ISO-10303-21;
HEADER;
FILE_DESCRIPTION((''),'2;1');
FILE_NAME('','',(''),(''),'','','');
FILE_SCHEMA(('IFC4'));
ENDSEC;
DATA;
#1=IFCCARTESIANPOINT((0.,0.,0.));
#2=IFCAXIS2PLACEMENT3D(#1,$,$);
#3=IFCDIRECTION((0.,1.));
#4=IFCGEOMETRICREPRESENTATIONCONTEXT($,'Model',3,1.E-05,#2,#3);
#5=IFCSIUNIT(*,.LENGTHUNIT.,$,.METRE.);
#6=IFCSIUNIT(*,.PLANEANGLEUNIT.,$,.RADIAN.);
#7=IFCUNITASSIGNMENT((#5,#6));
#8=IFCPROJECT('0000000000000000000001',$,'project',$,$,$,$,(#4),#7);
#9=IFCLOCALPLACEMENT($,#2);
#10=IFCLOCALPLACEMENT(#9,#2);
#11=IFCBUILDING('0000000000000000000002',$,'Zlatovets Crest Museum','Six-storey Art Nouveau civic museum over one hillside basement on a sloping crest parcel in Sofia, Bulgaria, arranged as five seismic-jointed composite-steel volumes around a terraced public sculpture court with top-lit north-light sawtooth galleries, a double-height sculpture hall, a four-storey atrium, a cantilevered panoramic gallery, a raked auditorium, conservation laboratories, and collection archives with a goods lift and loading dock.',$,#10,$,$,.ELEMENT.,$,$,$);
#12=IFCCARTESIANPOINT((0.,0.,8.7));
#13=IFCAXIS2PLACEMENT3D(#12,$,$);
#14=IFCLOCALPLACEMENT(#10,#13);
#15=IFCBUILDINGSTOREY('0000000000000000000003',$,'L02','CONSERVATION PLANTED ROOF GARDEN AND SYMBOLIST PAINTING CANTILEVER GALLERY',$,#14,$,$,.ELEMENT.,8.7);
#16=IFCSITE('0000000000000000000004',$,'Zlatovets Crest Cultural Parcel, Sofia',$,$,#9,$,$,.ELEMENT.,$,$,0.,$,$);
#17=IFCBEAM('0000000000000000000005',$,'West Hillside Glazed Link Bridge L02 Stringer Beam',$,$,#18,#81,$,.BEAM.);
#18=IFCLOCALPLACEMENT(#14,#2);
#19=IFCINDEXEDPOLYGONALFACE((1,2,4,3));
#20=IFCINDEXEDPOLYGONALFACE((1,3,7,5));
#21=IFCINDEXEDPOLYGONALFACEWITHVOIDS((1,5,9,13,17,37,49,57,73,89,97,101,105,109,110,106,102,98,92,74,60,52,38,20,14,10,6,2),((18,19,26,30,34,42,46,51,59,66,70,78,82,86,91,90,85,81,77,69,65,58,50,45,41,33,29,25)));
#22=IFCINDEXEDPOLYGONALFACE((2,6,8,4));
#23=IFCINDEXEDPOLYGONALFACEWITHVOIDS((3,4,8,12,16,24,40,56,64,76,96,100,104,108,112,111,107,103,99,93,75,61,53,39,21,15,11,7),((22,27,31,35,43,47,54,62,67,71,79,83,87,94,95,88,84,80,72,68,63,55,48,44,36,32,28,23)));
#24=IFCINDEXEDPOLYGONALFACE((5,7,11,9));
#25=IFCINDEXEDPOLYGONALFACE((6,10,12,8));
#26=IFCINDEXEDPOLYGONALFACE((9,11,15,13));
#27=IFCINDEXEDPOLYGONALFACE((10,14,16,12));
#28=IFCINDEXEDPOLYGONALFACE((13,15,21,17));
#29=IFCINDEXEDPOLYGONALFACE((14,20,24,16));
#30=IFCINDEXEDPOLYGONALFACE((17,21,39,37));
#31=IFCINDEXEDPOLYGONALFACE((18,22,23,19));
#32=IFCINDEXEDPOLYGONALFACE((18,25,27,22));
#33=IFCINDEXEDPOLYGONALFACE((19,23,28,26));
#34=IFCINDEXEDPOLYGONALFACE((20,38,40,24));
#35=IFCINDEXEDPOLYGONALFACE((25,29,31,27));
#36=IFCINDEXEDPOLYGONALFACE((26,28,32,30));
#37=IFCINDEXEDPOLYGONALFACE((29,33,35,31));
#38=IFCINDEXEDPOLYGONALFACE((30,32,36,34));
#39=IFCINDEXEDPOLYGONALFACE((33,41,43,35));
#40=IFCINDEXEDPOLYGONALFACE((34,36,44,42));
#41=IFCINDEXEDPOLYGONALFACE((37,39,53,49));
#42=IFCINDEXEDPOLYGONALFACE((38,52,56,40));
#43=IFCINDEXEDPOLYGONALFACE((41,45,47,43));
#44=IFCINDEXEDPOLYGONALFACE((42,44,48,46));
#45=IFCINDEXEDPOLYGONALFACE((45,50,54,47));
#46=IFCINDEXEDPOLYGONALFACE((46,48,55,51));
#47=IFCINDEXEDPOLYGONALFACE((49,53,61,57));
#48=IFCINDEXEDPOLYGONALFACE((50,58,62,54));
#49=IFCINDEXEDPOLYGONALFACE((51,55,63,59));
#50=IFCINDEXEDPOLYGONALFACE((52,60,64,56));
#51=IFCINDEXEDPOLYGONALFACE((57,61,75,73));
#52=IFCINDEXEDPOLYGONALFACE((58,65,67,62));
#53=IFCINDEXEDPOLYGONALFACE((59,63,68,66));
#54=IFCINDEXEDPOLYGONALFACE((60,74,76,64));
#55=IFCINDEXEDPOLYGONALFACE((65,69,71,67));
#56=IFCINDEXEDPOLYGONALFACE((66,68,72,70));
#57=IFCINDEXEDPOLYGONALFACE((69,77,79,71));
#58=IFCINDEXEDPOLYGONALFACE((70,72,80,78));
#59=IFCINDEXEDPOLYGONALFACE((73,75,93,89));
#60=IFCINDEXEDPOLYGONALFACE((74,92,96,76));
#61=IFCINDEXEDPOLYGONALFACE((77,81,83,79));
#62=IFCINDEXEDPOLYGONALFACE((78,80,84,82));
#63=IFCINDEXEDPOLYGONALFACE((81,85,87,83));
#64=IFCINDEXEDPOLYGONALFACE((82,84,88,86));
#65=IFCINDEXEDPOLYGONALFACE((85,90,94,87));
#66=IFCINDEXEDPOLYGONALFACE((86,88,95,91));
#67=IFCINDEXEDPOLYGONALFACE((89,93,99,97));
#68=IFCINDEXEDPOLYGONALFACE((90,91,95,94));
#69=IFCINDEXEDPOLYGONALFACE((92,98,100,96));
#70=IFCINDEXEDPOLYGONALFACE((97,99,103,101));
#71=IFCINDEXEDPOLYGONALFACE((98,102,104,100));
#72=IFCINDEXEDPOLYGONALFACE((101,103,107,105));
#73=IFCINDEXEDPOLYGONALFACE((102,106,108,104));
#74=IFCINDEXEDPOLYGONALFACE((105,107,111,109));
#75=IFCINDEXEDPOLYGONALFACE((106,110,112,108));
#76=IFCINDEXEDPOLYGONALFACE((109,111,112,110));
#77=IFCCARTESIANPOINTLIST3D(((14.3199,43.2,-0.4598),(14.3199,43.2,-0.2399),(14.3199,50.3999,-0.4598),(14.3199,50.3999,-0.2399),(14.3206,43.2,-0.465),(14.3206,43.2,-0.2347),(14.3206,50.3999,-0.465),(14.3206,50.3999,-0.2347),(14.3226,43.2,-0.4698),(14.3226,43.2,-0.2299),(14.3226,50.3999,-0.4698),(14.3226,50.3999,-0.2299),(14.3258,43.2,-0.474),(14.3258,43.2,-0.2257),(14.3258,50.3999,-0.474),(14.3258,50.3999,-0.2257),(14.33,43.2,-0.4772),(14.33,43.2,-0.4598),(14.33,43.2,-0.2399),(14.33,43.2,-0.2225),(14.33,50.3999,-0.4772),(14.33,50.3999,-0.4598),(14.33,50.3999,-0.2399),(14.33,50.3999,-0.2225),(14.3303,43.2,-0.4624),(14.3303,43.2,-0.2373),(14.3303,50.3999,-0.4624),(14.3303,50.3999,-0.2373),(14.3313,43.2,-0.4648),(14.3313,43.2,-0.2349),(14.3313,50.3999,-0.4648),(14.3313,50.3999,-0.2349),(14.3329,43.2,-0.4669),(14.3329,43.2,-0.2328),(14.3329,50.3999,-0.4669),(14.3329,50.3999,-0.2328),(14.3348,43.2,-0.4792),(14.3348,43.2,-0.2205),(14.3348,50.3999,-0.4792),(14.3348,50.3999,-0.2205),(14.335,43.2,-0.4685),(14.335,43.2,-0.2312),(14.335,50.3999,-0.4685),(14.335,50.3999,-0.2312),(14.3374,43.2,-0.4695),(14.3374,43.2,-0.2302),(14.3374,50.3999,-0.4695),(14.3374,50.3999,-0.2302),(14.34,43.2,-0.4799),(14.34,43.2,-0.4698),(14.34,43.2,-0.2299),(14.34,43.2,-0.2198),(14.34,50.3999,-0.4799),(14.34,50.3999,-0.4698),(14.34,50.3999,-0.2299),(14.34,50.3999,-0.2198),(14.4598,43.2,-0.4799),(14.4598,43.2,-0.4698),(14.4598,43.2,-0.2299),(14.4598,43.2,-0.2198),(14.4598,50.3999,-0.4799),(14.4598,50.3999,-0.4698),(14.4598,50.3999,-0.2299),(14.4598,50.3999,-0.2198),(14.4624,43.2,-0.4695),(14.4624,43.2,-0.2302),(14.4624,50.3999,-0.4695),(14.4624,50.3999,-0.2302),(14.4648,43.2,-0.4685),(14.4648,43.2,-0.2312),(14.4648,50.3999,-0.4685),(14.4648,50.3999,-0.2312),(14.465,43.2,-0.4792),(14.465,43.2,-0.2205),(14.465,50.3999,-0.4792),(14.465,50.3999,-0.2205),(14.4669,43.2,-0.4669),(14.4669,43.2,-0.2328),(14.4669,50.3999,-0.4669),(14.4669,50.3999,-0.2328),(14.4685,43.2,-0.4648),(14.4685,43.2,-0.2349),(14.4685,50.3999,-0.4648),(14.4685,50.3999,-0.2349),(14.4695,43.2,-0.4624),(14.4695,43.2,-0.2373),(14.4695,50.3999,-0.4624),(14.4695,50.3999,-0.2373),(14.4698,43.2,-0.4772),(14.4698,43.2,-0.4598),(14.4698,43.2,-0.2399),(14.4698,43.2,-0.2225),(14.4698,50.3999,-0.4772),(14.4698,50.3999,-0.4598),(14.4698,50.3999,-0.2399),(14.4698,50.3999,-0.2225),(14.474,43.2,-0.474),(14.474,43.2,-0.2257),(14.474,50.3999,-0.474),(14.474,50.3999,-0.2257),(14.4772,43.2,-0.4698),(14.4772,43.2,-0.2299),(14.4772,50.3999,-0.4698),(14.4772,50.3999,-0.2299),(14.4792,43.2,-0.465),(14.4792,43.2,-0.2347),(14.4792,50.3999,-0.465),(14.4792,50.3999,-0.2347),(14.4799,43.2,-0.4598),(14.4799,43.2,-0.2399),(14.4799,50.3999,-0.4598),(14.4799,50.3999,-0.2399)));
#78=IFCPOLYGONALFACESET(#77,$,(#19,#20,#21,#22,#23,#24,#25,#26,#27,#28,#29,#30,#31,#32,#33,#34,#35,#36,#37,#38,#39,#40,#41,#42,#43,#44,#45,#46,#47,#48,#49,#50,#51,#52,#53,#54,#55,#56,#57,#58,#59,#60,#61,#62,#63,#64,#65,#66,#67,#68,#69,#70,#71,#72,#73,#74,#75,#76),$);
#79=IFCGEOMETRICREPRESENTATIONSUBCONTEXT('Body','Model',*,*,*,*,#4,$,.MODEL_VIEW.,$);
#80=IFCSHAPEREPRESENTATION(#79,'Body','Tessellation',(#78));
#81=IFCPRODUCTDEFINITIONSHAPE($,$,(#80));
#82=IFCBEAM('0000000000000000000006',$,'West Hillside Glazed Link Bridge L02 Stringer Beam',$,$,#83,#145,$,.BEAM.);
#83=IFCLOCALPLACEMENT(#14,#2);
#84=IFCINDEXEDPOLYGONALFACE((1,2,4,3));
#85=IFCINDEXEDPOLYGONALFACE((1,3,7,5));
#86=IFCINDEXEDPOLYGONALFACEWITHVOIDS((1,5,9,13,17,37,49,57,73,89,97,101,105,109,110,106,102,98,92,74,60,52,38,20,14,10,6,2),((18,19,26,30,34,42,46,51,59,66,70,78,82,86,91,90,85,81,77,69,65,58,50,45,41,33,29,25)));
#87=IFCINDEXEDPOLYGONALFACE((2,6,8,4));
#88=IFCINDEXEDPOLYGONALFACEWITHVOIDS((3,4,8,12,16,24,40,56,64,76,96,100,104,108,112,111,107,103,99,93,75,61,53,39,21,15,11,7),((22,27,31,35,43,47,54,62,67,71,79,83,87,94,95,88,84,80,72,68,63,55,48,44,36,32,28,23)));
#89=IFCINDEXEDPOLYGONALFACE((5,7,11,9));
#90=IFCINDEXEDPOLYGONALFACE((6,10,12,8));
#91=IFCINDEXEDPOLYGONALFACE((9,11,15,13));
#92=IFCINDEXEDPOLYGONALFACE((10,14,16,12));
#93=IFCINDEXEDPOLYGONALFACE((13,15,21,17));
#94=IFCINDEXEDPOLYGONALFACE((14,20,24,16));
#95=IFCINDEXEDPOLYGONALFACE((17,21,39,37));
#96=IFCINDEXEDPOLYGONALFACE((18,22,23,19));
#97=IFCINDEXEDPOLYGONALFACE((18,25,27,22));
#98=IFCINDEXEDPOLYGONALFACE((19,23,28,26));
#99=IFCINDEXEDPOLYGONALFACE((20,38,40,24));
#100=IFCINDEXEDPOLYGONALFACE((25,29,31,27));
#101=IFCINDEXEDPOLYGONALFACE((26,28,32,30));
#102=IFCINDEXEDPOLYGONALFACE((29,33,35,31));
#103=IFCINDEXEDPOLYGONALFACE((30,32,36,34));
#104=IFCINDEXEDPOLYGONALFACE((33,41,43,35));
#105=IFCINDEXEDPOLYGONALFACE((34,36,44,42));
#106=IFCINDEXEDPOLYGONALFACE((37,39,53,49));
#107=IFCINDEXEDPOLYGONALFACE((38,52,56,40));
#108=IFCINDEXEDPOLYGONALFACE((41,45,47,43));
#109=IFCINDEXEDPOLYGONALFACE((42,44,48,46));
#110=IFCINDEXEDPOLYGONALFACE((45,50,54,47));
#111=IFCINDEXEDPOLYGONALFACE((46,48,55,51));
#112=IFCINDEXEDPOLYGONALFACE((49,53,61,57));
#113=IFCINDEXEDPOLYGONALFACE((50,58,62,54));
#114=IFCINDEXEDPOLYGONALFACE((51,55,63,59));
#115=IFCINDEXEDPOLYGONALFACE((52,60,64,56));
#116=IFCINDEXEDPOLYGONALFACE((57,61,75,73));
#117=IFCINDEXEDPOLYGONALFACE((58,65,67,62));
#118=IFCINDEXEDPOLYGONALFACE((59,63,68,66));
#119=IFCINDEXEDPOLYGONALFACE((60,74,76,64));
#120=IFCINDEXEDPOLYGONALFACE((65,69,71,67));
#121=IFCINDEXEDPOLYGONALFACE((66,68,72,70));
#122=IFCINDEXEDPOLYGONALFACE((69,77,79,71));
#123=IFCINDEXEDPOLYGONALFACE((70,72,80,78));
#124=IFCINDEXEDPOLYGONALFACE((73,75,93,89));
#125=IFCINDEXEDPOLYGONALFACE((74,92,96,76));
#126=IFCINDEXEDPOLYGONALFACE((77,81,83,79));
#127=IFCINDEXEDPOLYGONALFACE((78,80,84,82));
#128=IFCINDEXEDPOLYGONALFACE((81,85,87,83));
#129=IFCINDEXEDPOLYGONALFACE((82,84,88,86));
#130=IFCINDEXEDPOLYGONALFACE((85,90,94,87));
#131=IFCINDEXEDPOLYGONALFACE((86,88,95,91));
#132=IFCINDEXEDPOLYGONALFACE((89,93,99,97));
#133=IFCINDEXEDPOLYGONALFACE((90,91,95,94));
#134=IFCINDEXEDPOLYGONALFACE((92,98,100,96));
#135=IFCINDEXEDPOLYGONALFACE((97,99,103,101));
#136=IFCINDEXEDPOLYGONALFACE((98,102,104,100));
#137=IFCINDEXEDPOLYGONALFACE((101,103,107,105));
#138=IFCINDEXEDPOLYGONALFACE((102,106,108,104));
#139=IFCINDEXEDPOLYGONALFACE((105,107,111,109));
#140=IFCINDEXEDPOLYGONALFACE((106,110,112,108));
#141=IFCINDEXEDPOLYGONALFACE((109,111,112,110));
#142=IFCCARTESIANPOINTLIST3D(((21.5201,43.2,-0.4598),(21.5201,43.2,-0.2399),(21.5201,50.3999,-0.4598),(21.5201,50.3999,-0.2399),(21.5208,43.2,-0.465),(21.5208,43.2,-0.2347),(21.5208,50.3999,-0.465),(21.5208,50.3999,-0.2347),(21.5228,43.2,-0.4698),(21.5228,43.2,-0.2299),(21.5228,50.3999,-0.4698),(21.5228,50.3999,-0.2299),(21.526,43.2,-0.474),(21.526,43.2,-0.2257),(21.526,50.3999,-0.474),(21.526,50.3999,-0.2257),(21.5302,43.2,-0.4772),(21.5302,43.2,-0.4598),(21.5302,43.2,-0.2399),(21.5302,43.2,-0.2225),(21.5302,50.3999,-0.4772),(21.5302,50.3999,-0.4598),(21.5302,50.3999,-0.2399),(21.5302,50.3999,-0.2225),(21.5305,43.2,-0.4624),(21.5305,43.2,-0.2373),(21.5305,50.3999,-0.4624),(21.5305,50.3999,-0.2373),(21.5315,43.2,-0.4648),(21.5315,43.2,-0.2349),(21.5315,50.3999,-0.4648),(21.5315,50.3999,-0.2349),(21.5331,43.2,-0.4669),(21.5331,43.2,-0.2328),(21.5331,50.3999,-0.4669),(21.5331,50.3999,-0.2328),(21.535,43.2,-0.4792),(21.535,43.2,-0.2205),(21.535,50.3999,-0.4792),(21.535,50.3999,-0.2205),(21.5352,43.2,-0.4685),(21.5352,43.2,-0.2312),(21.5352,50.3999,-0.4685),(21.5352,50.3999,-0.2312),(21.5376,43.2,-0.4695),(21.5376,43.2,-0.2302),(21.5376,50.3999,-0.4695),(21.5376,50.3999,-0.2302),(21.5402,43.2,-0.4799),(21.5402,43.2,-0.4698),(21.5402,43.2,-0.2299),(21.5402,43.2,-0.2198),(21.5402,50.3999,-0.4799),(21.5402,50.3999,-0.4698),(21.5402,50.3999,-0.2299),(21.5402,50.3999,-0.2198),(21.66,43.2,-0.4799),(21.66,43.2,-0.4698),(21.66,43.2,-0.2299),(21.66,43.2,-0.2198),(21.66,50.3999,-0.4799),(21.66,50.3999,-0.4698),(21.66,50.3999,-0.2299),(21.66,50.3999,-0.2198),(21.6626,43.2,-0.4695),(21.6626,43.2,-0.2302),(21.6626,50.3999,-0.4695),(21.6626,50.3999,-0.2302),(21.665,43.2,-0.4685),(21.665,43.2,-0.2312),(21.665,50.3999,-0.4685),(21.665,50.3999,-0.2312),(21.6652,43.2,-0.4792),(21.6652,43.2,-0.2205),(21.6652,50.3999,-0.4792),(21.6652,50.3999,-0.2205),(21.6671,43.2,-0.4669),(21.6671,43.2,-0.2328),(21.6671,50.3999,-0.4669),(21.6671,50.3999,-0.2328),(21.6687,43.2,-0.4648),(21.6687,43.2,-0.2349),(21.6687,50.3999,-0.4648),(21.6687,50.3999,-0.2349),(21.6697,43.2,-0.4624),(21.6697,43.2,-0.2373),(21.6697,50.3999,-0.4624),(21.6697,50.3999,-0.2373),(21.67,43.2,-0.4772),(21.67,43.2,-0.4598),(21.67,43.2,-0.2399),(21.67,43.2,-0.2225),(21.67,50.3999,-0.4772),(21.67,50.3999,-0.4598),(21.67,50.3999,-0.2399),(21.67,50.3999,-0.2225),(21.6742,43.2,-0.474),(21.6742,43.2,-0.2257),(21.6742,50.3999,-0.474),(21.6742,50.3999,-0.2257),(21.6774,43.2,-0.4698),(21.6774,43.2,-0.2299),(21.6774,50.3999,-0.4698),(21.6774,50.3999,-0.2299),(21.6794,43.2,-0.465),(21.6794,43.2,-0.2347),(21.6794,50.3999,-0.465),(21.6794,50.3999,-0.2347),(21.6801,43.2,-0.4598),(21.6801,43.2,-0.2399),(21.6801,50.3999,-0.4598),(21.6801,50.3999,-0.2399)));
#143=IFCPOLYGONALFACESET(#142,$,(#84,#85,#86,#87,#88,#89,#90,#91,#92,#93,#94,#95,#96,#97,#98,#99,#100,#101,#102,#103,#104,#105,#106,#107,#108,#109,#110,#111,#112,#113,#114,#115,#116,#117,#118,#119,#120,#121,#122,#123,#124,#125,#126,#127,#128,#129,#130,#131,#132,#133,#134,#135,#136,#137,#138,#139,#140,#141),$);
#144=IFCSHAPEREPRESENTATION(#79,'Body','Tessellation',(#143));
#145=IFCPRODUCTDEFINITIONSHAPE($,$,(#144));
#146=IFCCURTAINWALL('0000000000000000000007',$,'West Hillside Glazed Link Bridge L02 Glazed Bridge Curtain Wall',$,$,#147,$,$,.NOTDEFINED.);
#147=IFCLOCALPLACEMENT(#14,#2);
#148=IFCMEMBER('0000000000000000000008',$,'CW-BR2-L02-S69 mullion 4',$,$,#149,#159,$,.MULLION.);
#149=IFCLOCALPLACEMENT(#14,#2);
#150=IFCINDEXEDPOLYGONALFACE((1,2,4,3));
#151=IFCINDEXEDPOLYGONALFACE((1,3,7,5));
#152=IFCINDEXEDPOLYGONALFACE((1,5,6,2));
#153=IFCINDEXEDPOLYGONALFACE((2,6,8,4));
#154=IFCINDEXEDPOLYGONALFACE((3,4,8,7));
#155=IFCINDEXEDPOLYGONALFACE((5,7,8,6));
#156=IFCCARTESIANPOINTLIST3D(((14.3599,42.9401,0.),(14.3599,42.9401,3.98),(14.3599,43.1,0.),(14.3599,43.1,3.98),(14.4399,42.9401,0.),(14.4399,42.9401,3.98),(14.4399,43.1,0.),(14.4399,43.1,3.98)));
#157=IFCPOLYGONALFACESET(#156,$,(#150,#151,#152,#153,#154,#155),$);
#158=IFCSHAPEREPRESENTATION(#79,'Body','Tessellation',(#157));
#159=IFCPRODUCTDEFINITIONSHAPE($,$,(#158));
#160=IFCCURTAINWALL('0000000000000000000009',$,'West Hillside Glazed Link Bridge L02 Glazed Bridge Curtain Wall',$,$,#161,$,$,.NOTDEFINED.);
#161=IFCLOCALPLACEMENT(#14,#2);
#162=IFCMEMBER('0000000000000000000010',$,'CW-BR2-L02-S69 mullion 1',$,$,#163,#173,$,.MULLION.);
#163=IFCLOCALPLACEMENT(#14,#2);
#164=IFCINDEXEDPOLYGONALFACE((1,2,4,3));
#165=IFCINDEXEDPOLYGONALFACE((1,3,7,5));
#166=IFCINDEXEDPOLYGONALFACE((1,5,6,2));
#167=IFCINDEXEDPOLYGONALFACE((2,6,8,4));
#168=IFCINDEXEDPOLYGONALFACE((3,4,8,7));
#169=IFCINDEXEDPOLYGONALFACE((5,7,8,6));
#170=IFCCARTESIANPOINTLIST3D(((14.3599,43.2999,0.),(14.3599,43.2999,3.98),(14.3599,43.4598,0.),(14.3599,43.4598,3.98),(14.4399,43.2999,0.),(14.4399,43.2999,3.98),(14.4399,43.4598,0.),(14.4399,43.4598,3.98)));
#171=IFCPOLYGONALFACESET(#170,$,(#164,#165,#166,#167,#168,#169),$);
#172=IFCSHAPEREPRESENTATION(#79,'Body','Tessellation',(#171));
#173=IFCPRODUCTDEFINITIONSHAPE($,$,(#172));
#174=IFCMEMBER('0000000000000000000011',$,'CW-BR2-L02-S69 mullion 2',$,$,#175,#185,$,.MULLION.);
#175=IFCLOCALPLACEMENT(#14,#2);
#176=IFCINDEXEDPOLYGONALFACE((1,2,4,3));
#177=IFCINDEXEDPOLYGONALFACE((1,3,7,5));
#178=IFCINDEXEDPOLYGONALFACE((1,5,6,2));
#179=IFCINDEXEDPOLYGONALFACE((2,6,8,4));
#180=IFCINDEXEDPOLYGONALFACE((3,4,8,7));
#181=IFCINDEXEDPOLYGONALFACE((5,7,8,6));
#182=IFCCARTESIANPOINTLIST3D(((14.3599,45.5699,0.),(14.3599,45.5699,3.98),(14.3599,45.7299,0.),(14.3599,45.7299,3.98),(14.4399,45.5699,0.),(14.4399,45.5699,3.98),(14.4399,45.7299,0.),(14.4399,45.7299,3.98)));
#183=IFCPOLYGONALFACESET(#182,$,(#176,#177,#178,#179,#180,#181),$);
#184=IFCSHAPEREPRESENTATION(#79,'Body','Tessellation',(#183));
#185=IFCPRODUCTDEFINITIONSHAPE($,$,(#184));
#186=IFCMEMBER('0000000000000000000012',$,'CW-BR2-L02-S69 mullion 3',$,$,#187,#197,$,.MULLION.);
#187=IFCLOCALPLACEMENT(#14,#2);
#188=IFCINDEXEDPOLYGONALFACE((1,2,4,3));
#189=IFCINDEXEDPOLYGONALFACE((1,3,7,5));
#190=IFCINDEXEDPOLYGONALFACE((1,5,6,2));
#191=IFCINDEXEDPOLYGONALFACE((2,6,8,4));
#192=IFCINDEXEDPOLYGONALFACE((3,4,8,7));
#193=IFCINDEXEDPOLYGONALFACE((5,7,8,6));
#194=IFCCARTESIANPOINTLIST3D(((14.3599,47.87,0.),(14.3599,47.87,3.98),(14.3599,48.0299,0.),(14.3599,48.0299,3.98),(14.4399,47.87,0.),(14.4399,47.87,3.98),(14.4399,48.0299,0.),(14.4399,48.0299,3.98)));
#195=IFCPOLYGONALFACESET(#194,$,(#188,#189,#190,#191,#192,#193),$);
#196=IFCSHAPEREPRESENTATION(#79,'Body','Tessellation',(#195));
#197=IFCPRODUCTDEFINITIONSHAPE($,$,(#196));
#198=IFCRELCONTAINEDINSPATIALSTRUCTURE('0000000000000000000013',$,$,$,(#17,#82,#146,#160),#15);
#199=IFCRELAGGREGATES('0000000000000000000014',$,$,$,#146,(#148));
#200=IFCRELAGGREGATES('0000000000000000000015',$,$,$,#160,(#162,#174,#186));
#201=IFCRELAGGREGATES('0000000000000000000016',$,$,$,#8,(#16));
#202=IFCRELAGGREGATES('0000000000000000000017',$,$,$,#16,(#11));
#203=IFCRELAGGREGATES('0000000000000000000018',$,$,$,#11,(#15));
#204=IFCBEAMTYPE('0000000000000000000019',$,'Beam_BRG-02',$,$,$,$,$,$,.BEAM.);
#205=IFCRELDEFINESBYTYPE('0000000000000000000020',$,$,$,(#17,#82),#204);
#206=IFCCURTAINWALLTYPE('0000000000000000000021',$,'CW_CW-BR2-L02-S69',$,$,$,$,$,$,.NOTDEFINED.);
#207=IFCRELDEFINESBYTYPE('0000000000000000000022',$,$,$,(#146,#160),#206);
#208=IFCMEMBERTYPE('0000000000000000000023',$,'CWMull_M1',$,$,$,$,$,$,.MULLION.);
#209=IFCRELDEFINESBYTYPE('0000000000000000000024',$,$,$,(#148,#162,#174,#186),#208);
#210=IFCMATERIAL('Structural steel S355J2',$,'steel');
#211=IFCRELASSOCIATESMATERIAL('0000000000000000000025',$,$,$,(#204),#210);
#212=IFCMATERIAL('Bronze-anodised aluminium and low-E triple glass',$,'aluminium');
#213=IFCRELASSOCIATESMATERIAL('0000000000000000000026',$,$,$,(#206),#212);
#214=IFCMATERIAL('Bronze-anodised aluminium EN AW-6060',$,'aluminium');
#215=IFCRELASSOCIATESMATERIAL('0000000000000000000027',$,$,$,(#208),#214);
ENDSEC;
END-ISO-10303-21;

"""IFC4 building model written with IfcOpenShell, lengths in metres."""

from ifc_helpers import new_model, si_unit, direction, frame, origin, origin_2d, place, context, subcontext, project, spatial, rectangle, hollow_rectangle, extrude, material, material_profile, profile_set, type_object, element, aggregate, save


model = new_model("IFC4")

# Units and contexts
model_context = context("Model", 3, precision=1e-05, world=origin(), true_north=direction((0.0, 1.0)))
body_context = subcontext(model_context, "Body", "Model", "MODEL_VIEW")
ifc_project = project(units=[si_unit("LENGTHUNIT", "METRE"), si_unit("PLANEANGLEUNIT", "RADIAN")], contexts=[model_context])

# Site, building, storey
site_placement = place(None, origin())
site = spatial("IfcSite", under=ifc_project, at=site_placement, Name="Zlatovets Crest Cultural Parcel, Sofia", CompositionType="ELEMENT", RefElevation=0.0)
building_placement = place(site_placement, origin())
building = spatial("IfcBuilding", under=site, at=building_placement, Name="Zlatovets Crest Museum", Description="Six-storey Art Nouveau civic museum over one hillside basement on a sloping crest parcel in Sofia, Bulgaria, arranged as five seismic-jointed composite-steel volumes around a terraced public sculpture court with top-lit north-light sawtooth galleries, a double-height sculpture hall, a four-storey atrium, a cantilevered panoramic gallery, a raked auditorium, conservation laboratories, and collection archives with a goods lift and loading dock.", CompositionType="ELEMENT")
storey_placement = place(building_placement, frame((0.0, 0.0, 8.7)))
storey = spatial("IfcBuildingStorey", under=building, at=storey_placement, Name="L02", Description="CONSERVATION PLANTED ROOF GARDEN AND SYMBOLIST PAINTING CANTILEVER GALLERY", CompositionType="ELEMENT", Elevation=8.7)

# Shared definitions
ifc_material_1 = material(Name="Structural steel S355J2", Category="steel")

# Beams
ifc_material_profile_1 = material_profile(ifc_material_1, hollow_rectangle(XDim=0.1599, YDim=0.26, WallThickness=0.01, InnerFilletRadius=0.01, OuterFilletRadius=0.02, at=origin_2d()), Name="RHS 160x260x10.0")
ifc_profile_set_1 = profile_set([ifc_material_profile_1], Name="Structural steel S355J2")
beam_type_1 = type_object("IfcBeamType", Name="Beam_BRG-02", PredefinedType="BEAM", material=ifc_profile_set_1)
for number, where, z_axis, x_axis, name in (
    (1, (14.3999, 43.2, -0.3499), (0.0, 1.0, 0.0), (-1.0, 0.0, 0.0), "West Hillside Glazed Link Bridge L02 Stringer Beam"),
    (2, (21.6001, 43.2, -0.3499), (0.0, 1.0, 0.0), (-1.0, 0.0, 0.0), "West Hillside Glazed Link Bridge L02 Stringer Beam"),
):
    element("IfcBeam", number, at=place(storey_placement, frame(where, z_axis=z_axis, x_axis=x_axis)), inside=storey, type_object=beam_type_1, Name=name, PredefinedType="BEAM", context=body_context, shape_type="SweptSolid", body=[
        extrude(hollow_rectangle(XDim=0.1599, YDim=0.26, WallThickness=0.01, InnerFilletRadius=0.01, OuterFilletRadius=0.02, at=origin_2d()), origin(), (0.0, 0.0, 1.0), 7.2),
    ])

# Curtain wall, member
ifc_material_2 = material(Name="Bronze-anodised aluminium and low-E triple glass", Category="aluminium")
curtain_wall_type = type_object("IfcCurtainWallType", Name="CW_CW-BR2-L02-S69", PredefinedType="NOTDEFINED", material=ifc_material_2)
curtain_wall_1_placement = place(storey_placement, origin())
curtain_wall_1 = element("IfcCurtainWall", 3, at=curtain_wall_1_placement, inside=storey, type_object=curtain_wall_type, Name="West Hillside Glazed Link Bridge L02 Glazed Bridge Curtain Wall", PredefinedType="NOTDEFINED")
ifc_material_3 = material(Name="Bronze-anodised aluminium EN AW-6060", Category="aluminium")
ifc_material_profile_2 = material_profile(ifc_material_3, rectangle(XDim=0.0801, YDim=0.1599, at=origin_2d()), Name="ALU 80x160")
ifc_profile_set_2 = profile_set([ifc_material_profile_2], Name="Bronze-anodised aluminium EN AW-6060")
member_type_1 = type_object("IfcMemberType", Name="CWMull_M1", PredefinedType="MULLION", material=ifc_profile_set_2)
member_1_placement = place(storey_placement, frame((14.3999, 43.02, 0.0), z_axis=(0.0, 0.0, 1.0), x_axis=(-1.0, 0.0, 0.0)))
member_1 = element("IfcMember", 4, at=member_1_placement, type_object=member_type_1, Name="CW-BR2-L02-S69 mullion 4", PredefinedType="MULLION", context=body_context, shape_type="SweptSolid", body=[
    extrude(rectangle(XDim=0.0801, YDim=0.1599, at=origin_2d()), origin(), (0.0, 0.0, 1.0), 3.98),
])

# Curtain wall, members
curtain_wall_2_placement = place(storey_placement, origin())
curtain_wall_2 = element("IfcCurtainWall", 5, at=curtain_wall_2_placement, inside=storey, type_object=curtain_wall_type, Name="West Hillside Glazed Link Bridge L02 Glazed Bridge Curtain Wall", PredefinedType="NOTDEFINED")
member_2_placement = place(storey_placement, frame((14.3999, 43.3799, 0.0), z_axis=(0.0, 0.0, 1.0), x_axis=(-1.0, 0.0, 0.0)))
member_2 = element("IfcMember", 6, at=member_2_placement, type_object=member_type_1, Name="CW-BR2-L02-S69 mullion 1", PredefinedType="MULLION", context=body_context, shape_type="SweptSolid", body=[
    extrude(rectangle(XDim=0.0801, YDim=0.1599, at=origin_2d()), origin(), (0.0, 0.0, 1.0), 3.98),
])
member_3_placement = place(storey_placement, frame((14.3999, 45.6499, 0.0), z_axis=(0.0, 0.0, 1.0), x_axis=(-1.0, 0.0, 0.0)))
member_3 = element("IfcMember", 7, at=member_3_placement, type_object=member_type_1, Name="CW-BR2-L02-S69 mullion 2", PredefinedType="MULLION", context=body_context, shape_type="SweptSolid", body=[
    extrude(rectangle(XDim=0.0801, YDim=0.1599, at=origin_2d()), origin(), (0.0, 0.0, 1.0), 3.98),
])
member_4_placement = place(storey_placement, frame((14.3999, 47.95, 0.0), z_axis=(0.0, 0.0, 1.0), x_axis=(-1.0, 0.0, 0.0)))
member_4 = element("IfcMember", 8, at=member_4_placement, type_object=member_type_1, Name="CW-BR2-L02-S69 mullion 3", PredefinedType="MULLION", context=body_context, shape_type="SweptSolid", body=[
    extrude(rectangle(XDim=0.0801, YDim=0.1599, at=origin_2d()), origin(), (0.0, 0.0, 1.0), 3.98),
])

aggregate(curtain_wall_1, [member_1])
aggregate(curtain_wall_2, [member_2, member_3, member_4])

save(model, "model.ifc")
